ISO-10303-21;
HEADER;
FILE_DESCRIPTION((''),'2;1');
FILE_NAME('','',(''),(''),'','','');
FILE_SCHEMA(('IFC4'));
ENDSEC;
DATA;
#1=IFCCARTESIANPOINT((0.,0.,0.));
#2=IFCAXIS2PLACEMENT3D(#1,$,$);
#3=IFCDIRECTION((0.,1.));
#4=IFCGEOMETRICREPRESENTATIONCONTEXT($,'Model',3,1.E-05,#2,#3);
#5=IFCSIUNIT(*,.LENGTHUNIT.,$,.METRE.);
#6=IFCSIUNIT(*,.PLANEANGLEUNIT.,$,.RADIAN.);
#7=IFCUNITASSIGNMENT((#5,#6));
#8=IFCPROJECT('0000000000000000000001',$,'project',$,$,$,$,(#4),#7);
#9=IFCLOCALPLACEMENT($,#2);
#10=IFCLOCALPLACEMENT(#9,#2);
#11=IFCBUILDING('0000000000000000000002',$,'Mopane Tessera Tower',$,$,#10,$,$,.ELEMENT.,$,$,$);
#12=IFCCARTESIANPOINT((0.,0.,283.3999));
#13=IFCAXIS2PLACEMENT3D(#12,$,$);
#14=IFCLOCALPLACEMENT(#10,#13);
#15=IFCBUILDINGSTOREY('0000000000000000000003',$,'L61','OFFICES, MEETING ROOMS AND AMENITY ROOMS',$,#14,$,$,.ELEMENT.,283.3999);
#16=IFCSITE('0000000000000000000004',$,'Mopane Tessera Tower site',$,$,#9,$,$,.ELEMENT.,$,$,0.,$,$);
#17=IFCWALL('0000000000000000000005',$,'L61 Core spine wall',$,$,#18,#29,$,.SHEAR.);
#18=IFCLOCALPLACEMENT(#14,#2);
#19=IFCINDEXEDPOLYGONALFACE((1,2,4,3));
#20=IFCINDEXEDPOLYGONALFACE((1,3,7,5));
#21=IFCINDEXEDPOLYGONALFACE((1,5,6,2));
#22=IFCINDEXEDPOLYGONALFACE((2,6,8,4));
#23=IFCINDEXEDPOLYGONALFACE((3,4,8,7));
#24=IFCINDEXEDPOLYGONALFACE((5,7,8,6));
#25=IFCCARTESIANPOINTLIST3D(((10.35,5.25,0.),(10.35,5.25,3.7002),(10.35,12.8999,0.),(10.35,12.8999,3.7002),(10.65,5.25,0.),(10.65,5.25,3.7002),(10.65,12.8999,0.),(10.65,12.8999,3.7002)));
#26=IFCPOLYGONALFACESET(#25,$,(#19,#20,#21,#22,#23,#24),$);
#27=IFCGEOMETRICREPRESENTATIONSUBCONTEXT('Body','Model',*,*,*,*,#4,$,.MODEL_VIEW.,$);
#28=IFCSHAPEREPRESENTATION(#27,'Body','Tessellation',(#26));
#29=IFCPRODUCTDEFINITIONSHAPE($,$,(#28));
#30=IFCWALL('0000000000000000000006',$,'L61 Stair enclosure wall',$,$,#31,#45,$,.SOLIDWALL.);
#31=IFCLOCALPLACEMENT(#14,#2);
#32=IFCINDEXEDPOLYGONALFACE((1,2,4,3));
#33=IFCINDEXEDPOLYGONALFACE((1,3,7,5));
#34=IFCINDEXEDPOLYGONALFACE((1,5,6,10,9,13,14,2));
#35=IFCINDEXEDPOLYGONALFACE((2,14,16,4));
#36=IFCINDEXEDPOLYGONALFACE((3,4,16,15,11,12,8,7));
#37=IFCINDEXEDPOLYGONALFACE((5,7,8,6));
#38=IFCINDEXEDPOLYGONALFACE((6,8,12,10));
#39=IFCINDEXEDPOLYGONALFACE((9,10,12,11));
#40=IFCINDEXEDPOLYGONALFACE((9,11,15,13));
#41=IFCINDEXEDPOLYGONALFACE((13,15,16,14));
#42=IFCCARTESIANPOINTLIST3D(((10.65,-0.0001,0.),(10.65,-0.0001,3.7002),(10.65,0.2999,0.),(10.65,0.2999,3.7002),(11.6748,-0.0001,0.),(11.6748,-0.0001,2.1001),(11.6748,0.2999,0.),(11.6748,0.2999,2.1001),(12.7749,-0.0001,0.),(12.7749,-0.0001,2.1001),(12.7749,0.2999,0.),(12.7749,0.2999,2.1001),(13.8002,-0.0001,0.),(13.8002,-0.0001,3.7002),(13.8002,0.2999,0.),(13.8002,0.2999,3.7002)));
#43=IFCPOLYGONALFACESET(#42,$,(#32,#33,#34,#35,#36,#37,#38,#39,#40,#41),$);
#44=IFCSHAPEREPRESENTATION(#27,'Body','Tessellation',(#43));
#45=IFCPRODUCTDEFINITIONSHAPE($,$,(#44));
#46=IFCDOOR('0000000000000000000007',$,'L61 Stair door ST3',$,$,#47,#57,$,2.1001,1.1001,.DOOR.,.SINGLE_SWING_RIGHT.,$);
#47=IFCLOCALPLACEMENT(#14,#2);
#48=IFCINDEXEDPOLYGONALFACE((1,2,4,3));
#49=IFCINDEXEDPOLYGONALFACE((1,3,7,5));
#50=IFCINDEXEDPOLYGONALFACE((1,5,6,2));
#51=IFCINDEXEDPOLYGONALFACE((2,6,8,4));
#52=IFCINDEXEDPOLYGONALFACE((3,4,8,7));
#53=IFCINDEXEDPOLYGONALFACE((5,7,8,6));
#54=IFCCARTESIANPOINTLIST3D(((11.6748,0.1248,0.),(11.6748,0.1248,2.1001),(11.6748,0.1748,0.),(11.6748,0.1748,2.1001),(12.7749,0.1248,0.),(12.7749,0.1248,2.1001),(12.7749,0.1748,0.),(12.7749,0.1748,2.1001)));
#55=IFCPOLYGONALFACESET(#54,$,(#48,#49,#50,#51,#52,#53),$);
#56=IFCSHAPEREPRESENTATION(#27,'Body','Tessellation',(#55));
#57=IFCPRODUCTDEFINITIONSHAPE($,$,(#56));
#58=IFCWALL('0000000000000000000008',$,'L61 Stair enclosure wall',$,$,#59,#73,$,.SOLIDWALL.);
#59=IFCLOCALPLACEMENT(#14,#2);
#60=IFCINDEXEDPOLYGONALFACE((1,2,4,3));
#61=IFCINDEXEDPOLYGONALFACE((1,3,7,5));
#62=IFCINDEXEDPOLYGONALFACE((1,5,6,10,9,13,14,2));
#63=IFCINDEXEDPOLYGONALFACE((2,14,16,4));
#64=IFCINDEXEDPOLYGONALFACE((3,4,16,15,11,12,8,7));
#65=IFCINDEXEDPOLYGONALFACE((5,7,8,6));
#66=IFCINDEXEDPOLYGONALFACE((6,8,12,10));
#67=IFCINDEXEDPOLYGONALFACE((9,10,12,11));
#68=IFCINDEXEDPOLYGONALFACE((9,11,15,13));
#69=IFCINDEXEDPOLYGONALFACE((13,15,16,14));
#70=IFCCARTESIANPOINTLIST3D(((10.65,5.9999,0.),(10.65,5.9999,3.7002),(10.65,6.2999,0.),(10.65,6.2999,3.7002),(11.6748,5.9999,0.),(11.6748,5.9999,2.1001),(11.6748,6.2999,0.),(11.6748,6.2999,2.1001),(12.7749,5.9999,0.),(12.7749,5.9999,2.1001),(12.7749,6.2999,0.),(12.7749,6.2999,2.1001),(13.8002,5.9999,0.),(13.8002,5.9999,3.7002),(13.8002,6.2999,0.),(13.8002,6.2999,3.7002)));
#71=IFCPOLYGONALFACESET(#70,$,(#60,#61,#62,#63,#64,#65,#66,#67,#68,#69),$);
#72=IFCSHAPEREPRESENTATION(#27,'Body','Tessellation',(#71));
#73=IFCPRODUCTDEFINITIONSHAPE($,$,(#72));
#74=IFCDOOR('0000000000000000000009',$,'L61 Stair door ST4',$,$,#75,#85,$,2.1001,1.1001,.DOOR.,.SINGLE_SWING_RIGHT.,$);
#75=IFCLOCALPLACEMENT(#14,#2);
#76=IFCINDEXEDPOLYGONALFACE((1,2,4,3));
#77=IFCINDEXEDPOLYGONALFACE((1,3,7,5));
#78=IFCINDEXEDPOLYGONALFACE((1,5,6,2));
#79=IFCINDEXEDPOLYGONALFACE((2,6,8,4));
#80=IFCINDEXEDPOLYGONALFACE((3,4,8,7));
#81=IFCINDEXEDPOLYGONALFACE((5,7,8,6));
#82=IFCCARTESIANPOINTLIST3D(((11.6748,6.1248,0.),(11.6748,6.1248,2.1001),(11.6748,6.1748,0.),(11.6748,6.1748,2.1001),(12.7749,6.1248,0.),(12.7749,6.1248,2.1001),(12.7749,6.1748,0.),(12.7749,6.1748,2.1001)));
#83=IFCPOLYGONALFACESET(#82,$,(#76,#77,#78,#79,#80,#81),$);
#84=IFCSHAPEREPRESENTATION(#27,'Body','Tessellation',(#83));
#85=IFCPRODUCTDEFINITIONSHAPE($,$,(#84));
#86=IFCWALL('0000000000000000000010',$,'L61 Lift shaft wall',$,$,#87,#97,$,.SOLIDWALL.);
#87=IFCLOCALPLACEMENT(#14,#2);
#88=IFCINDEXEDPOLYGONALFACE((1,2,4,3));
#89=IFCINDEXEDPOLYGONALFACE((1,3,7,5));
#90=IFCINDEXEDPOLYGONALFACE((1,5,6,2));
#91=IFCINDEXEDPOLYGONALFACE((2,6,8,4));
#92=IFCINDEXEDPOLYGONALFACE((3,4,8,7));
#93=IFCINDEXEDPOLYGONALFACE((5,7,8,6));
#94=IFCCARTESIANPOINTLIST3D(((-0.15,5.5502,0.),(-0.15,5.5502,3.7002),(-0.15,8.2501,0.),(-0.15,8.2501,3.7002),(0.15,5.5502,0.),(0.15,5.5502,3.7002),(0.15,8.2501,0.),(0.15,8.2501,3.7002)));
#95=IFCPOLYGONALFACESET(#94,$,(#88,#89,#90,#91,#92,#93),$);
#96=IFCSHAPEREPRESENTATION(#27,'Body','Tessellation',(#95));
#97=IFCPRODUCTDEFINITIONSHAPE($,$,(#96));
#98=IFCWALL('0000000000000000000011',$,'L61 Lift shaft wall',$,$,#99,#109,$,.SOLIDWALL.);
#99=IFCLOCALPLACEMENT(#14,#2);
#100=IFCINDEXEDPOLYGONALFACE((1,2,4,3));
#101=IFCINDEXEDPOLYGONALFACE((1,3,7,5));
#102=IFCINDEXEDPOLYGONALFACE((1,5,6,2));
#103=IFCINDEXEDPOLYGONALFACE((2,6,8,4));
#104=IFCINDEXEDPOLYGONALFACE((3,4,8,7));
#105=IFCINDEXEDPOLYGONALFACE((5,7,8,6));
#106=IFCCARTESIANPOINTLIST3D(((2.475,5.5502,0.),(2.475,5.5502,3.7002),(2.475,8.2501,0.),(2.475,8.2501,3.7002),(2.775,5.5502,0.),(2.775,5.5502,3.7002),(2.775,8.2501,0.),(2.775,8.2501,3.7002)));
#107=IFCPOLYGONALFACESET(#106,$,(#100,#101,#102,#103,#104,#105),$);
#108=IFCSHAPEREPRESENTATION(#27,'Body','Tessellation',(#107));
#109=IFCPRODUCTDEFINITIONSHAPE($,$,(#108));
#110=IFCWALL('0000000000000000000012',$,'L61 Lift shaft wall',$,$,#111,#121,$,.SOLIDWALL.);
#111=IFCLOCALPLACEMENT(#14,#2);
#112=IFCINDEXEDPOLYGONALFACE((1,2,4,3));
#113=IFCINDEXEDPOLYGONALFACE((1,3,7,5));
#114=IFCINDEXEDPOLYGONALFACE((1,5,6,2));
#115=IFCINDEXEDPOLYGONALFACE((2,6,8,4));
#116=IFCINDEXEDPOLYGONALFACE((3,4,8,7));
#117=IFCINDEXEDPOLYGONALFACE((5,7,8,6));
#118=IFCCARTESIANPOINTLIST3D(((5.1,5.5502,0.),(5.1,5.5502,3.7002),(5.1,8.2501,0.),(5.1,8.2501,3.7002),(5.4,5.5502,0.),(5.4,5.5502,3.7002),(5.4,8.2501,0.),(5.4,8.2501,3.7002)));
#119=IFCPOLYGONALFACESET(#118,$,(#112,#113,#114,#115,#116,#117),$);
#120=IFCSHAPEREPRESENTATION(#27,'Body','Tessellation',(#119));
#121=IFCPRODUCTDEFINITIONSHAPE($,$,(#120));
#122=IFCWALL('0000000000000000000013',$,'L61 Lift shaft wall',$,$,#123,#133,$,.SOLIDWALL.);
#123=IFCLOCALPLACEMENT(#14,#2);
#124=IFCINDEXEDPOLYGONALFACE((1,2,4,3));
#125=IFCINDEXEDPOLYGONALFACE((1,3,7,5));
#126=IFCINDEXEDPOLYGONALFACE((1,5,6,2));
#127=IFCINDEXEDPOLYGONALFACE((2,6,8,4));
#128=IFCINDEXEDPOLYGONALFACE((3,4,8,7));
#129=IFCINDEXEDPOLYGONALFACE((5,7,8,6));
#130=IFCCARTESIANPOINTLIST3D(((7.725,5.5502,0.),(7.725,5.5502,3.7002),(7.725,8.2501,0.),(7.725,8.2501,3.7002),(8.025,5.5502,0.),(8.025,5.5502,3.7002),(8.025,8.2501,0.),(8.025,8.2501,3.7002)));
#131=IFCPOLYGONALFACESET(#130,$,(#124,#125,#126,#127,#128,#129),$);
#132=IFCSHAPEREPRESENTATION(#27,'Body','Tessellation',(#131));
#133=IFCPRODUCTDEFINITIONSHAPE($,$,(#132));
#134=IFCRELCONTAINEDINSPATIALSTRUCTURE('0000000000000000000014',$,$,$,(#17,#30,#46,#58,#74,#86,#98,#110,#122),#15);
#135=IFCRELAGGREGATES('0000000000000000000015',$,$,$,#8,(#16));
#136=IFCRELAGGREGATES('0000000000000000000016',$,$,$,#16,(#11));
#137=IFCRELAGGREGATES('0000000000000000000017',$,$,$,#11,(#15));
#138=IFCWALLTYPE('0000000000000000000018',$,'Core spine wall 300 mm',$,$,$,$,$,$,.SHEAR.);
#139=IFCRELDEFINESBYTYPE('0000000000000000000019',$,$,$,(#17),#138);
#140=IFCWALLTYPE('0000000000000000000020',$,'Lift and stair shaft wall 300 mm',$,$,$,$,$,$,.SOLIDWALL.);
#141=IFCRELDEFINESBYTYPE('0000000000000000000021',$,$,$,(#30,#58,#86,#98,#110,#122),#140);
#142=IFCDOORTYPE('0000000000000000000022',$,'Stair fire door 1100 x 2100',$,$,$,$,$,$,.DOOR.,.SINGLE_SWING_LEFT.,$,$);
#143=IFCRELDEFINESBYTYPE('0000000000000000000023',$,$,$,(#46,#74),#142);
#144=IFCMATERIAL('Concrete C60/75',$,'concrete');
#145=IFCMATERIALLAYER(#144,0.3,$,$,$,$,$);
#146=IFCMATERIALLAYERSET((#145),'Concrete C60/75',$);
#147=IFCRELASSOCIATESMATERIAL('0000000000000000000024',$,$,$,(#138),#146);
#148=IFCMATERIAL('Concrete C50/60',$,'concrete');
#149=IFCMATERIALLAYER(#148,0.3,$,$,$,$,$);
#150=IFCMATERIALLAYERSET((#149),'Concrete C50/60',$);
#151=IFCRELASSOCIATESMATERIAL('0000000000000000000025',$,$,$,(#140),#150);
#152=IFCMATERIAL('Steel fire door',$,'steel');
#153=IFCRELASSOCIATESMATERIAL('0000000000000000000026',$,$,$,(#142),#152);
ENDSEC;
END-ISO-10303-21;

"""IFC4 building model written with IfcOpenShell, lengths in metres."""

from ifc_helpers import new_model, si_unit, direction, frame, frame_2d, origin, place, context, subcontext, project, spatial, rectangle, extrude, material, layer, layer_set, type_object, element, fill, save


model = new_model("IFC4")

# Units and contexts
model_context = context("Model", 3, precision=1e-05, world=origin(), true_north=direction((0.0, 1.0)))
body_context = subcontext(model_context, "Body", "Model", "MODEL_VIEW")
ifc_project = project(units=[si_unit("LENGTHUNIT", "METRE"), si_unit("PLANEANGLEUNIT", "RADIAN")], contexts=[model_context])

# Site, building, storey
site_placement = place(None, origin())
site = spatial("IfcSite", under=ifc_project, at=site_placement, Name="Mopane Tessera Tower site", CompositionType="ELEMENT", RefElevation=0.0)
building_placement = place(site_placement, origin())
building = spatial("IfcBuilding", under=site, at=building_placement, Name="Mopane Tessera Tower", CompositionType="ELEMENT")
storey_placement = place(building_placement, frame((0.0, 0.0, 283.3999)))
storey = spatial("IfcBuildingStorey", under=building, at=storey_placement, Name="L61", Description="OFFICES, MEETING ROOMS AND AMENITY ROOMS", CompositionType="ELEMENT", Elevation=283.3999)

# Wall
ifc_material_1 = material(Name="Concrete C60/75", Category="concrete")
ifc_layer_1 = layer(ifc_material_1, 0.3)
ifc_layer_set_1 = layer_set([ifc_layer_1], Name="Concrete C60/75")
wall_type_1 = type_object("IfcWallType", Name="Core spine wall 300 mm", PredefinedType="SHEAR", material=ifc_layer_set_1)
wall_1_placement = place(storey_placement, frame((10.5, 5.25, 0.0), z_axis=(0.0, 0.0, 1.0), x_axis=(0.0, 1.0, 0.0)))
element("IfcWall", 1, at=wall_1_placement, inside=storey, type_object=wall_type_1, Name="L61 Core spine wall", PredefinedType="SHEAR", context=body_context, shape_type="SweptSolid", body=[
    extrude(rectangle(XDim=7.6499, YDim=0.3, at=frame_2d((3.825, 0.0))), origin(), (0.0, 0.0, 1.0), 3.7002),
])

# Walls, openings, doors
ifc_material_2 = material(Name="Concrete C50/60", Category="concrete")
ifc_layer_2 = layer(ifc_material_2, 0.3)
ifc_layer_set_2 = layer_set([ifc_layer_2], Name="Concrete C50/60")
wall_type_2 = type_object("IfcWallType", Name="Lift and stair shaft wall 300 mm", PredefinedType="SOLIDWALL", material=ifc_layer_set_2)
wall_2_placement = place(storey_placement, frame((10.6499, 0.1499, 0.0), z_axis=(0.0, 0.0, 1.0), x_axis=(1.0, 0.0, 0.0)))
wall_2 = element("IfcWall", 2, at=wall_2_placement, inside=storey, type_object=wall_type_2, Name="L61 Stair enclosure wall", PredefinedType="SOLIDWALL", context=body_context, shape_type="SweptSolid", body=[
    extrude(rectangle(XDim=3.1501, YDim=0.3, at=frame_2d((1.5752, 0.0))), origin(), (0.0, 0.0, 1.0), 3.7002),
])
opening_1_placement = place(wall_2_placement, frame((1.0249, 0.0, 0.0)))
opening_1 = element("IfcOpeningElement", 3, at=opening_1_placement, cuts=wall_2, PredefinedType="OPENING", context=body_context, shape_type="SweptSolid", body=[
    extrude(rectangle(XDim=1.1001, YDim=2.1001, at=frame_2d((0.55, 1.05))), frame((0.0, 0.1621, 0.0), z_axis=(0.0, -1.0, 0.0), x_axis=(1.0, 0.0, 0.0)), (0.0, 0.0, 1.0), 0.324),
])
ifc_material_3 = material(Name="Steel fire door", Category="steel")
door_type = type_object("IfcDoorType", Name="Stair fire door 1100 x 2100", OperationType="SINGLE_SWING_LEFT", PredefinedType="DOOR", material=ifc_material_3)
door_1_placement = place(opening_1_placement, origin())
door_1 = element("IfcDoor", 4, at=door_1_placement, inside=storey, type_object=door_type, Name="L61 Stair door ST3", OperationType="SINGLE_SWING_RIGHT", OverallHeight=2.1001, OverallWidth=1.1001, PredefinedType="DOOR", context=body_context, shape_type="SweptSolid", body=[
    extrude(rectangle(XDim=1.1001, YDim=2.1001, at=frame_2d((0.55, 1.05))), frame((0.0, 0.0249, 0.0), z_axis=(0.0, -1.0, 0.0), x_axis=(1.0, 0.0, 0.0)), (0.0, 0.0, 1.0), 0.05),
])
fill(opening_1, door_1)
wall_3_placement = place(storey_placement, frame((10.6499, 6.1499, 0.0), z_axis=(0.0, 0.0, 1.0), x_axis=(1.0, 0.0, 0.0)))
wall_3 = element("IfcWall", 5, at=wall_3_placement, inside=storey, type_object=wall_type_2, Name="L61 Stair enclosure wall", PredefinedType="SOLIDWALL", context=body_context, shape_type="SweptSolid", body=[
    extrude(rectangle(XDim=3.1501, YDim=0.3, at=frame_2d((1.5752, 0.0))), origin(), (0.0, 0.0, 1.0), 3.7002),
])
opening_2_placement = place(wall_3_placement, frame((1.0249, 0.0, 0.0)))
opening_2 = element("IfcOpeningElement", 6, at=opening_2_placement, cuts=wall_3, PredefinedType="OPENING", context=body_context, shape_type="SweptSolid", body=[
    extrude(rectangle(XDim=1.1001, YDim=2.1001, at=frame_2d((0.55, 1.05))), frame((0.0, 0.1621, 0.0), z_axis=(0.0, -1.0, 0.0), x_axis=(1.0, 0.0, 0.0)), (0.0, 0.0, 1.0), 0.324),
])
door_2_placement = place(opening_2_placement, origin())
door_2 = element("IfcDoor", 7, at=door_2_placement, inside=storey, type_object=door_type, Name="L61 Stair door ST4", OperationType="SINGLE_SWING_RIGHT", OverallHeight=2.1001, OverallWidth=1.1001, PredefinedType="DOOR", context=body_context, shape_type="SweptSolid", body=[
    extrude(rectangle(XDim=1.1001, YDim=2.1001, at=frame_2d((0.55, 1.05))), frame((0.0, 0.0249, 0.0), z_axis=(0.0, -1.0, 0.0), x_axis=(1.0, 0.0, 0.0)), (0.0, 0.0, 1.0), 0.05),
])
fill(opening_2, door_2)

# Walls
for number, where, z_axis, x_axis, name in (
    (8, (0.0, 5.55, 0.0), (0.0, 0.0, 1.0), (0.0, 1.0, 0.0), "L61 Lift shaft wall"),
    (9, (2.625, 5.55, 0.0), (0.0, 0.0, 1.0), (0.0, 1.0, 0.0), "L61 Lift shaft wall"),
    (10, (5.25, 5.55, 0.0), (0.0, 0.0, 1.0), (0.0, 1.0, 0.0), "L61 Lift shaft wall"),
    (11, (7.875, 5.55, 0.0), (0.0, 0.0, 1.0), (0.0, 1.0, 0.0), "L61 Lift shaft wall"),
):
    element("IfcWall", number, at=place(storey_placement, frame(where, z_axis=z_axis, x_axis=x_axis)), inside=storey, type_object=wall_type_2, Name=name, PredefinedType="SOLIDWALL", context=body_context, shape_type="SweptSolid", body=[
        extrude(rectangle(XDim=2.7, YDim=0.3, at=frame_2d((1.3501, 0.0))), origin(), (0.0, 0.0, 1.0), 3.7002),
    ])

save(model, "model.ifc")
